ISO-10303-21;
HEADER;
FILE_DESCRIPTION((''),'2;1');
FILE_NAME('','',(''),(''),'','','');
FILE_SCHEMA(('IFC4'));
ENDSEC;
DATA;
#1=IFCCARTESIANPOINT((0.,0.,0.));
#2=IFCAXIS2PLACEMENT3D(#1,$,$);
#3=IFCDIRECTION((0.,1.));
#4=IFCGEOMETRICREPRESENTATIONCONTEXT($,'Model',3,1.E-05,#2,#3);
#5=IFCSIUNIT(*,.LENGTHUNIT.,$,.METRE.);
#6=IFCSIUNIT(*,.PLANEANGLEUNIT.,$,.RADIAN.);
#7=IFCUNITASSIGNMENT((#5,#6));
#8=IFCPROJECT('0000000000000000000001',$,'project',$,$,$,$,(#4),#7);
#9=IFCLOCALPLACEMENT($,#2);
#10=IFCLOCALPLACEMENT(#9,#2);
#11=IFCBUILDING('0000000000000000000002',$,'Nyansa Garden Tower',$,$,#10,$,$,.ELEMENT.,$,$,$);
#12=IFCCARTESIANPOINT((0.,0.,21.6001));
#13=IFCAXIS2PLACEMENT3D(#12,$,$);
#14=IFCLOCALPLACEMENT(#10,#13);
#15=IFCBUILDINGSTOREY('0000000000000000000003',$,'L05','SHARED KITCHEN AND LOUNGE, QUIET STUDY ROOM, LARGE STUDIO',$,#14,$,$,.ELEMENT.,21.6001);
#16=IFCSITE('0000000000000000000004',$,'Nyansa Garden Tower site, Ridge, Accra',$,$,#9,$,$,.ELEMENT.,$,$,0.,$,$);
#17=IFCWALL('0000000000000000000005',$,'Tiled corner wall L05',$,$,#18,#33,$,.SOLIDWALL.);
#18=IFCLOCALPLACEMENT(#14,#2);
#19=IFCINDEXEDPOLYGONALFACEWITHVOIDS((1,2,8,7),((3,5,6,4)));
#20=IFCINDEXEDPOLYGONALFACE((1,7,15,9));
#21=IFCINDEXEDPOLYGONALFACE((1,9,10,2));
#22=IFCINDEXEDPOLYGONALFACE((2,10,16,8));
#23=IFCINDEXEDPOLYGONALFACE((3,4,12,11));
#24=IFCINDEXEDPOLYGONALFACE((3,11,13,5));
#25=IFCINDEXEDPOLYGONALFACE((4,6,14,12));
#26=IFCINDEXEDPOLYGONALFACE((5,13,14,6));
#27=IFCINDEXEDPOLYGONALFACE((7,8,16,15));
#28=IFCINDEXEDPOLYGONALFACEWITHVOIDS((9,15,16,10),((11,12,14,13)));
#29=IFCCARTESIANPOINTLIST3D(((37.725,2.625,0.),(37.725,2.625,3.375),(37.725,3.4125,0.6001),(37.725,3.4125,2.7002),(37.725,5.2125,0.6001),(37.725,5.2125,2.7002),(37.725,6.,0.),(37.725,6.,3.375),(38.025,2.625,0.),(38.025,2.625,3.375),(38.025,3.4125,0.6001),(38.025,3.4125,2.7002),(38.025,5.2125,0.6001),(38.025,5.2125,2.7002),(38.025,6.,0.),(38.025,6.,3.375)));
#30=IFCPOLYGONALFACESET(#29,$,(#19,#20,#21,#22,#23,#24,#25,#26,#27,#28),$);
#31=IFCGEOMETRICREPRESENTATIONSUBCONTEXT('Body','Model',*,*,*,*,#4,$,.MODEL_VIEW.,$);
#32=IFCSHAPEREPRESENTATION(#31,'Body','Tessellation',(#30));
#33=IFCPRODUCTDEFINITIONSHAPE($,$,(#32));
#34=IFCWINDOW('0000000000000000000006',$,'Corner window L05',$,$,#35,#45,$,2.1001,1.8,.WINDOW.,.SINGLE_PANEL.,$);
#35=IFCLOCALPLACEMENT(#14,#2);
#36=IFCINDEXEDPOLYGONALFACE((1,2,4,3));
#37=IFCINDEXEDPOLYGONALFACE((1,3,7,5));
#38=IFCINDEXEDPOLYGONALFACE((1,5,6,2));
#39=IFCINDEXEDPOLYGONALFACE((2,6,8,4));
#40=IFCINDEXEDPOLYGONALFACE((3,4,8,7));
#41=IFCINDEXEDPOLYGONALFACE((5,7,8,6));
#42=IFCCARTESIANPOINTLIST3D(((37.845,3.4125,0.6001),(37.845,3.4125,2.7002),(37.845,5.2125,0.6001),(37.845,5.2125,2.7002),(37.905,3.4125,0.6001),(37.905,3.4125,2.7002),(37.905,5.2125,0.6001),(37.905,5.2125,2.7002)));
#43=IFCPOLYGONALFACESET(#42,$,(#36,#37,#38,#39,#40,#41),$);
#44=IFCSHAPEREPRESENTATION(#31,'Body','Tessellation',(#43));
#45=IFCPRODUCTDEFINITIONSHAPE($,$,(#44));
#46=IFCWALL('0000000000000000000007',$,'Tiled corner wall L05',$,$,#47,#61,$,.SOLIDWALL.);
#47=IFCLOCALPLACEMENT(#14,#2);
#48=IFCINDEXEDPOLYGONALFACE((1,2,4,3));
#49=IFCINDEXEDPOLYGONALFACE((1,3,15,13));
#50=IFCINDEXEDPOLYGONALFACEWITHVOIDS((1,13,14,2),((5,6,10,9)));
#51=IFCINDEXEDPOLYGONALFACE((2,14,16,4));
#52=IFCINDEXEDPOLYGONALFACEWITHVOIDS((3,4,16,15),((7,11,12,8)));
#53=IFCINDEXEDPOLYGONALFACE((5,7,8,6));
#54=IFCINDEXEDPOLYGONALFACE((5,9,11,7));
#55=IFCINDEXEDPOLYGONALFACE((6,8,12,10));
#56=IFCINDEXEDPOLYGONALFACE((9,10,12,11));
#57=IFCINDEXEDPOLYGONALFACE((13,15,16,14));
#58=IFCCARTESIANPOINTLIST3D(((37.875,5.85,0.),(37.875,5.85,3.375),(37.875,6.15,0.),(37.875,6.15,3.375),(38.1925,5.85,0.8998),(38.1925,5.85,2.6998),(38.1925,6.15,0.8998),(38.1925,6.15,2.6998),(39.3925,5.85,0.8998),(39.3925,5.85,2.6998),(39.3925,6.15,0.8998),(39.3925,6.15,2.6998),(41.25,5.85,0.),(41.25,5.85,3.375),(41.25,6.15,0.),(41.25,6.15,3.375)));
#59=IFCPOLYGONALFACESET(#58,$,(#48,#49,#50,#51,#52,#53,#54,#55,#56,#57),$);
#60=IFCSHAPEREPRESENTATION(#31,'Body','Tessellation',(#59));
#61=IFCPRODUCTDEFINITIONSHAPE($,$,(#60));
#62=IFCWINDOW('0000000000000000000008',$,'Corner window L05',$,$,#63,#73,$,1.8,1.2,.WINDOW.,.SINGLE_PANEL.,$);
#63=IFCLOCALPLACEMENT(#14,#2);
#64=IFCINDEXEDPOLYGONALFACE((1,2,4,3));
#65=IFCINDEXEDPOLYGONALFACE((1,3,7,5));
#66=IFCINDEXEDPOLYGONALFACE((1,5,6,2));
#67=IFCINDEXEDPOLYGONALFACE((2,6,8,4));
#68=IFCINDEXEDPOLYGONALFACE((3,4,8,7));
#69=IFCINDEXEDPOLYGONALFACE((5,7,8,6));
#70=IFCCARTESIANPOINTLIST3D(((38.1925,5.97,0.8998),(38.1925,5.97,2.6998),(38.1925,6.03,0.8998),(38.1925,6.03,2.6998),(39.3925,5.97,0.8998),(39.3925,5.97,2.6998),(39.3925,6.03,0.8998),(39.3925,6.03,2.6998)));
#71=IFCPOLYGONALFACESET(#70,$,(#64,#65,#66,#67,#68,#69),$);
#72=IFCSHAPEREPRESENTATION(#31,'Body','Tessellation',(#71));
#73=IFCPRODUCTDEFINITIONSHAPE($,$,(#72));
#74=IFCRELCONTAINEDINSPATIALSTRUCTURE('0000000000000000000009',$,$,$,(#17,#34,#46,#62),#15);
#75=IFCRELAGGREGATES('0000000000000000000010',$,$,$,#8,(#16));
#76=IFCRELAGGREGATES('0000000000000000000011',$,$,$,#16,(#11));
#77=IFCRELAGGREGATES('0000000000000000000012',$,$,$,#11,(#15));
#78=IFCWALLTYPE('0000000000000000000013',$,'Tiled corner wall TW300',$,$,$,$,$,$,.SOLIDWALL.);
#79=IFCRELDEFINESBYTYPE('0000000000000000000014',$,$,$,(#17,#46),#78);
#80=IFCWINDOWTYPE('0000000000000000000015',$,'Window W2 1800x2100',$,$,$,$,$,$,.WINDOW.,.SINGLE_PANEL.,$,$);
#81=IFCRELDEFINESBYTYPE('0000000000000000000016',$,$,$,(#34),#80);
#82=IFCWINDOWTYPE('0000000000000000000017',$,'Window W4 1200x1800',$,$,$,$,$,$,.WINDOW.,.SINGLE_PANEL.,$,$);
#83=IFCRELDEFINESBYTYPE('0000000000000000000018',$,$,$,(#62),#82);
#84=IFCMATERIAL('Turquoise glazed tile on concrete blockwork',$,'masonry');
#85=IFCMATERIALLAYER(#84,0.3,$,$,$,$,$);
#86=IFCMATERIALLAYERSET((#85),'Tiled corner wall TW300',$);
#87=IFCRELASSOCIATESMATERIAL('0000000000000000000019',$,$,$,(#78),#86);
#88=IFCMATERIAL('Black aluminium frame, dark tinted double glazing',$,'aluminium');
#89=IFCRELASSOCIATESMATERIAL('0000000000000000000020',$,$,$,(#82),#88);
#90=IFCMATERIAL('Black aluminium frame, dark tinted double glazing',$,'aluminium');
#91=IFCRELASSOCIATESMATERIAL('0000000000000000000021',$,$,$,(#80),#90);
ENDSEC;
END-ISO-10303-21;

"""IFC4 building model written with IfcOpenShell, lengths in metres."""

from ifc_helpers import new_model, si_unit, direction, frame, frame_2d, origin, place, context, subcontext, project, spatial, rectangle, extrude, material, layer, layer_set, type_object, element, fill, save


model = new_model("IFC4")

# Units and contexts
model_context = context("Model", 3, precision=1e-05, world=origin(), true_north=direction((0.0, 1.0)))
body_context = subcontext(model_context, "Body", "Model", "MODEL_VIEW")
ifc_project = project(units=[si_unit("LENGTHUNIT", "METRE"), si_unit("PLANEANGLEUNIT", "RADIAN")], contexts=[model_context])

# Site, building, storey
site_placement = place(None, origin())
site = spatial("IfcSite", under=ifc_project, at=site_placement, Name="Nyansa Garden Tower site, Ridge, Accra", CompositionType="ELEMENT", RefElevation=0.0)
building_placement = place(site_placement, origin())
building = spatial("IfcBuilding", under=site, at=building_placement, Name="Nyansa Garden Tower", CompositionType="ELEMENT")
storey_placement = place(building_placement, frame((0.0, 0.0, 21.6001)))
storey = spatial("IfcBuildingStorey", under=building, at=storey_placement, Name="L05", Description="SHARED KITCHEN AND LOUNGE, QUIET STUDY ROOM, LARGE STUDIO", CompositionType="ELEMENT", Elevation=21.6001)

# Walls, openings, windows
ifc_material_1 = material(Name="Turquoise glazed tile on concrete blockwork", Category="masonry")
ifc_layer_1 = layer(ifc_material_1, 0.3)
ifc_layer_set_1 = layer_set([ifc_layer_1], Name="Tiled corner wall TW300")
wall_type = type_object("IfcWallType", Name="Tiled corner wall TW300", PredefinedType="SOLIDWALL", material=ifc_layer_set_1)
ifc_material_2 = material(Name="Black aluminium frame, dark tinted double glazing", Category="aluminium")
window_type_1 = type_object("IfcWindowType", Name="Window W4 1200x1800", PartitioningType="SINGLE_PANEL", PredefinedType="WINDOW", material=ifc_material_2)
ifc_material_3 = material(Name="Black aluminium frame, dark tinted double glazing", Category="aluminium")
window_type_2 = type_object("IfcWindowType", Name="Window W2 1800x2100", PartitioningType="SINGLE_PANEL", PredefinedType="WINDOW", material=ifc_material_3)
wall_1_placement = place(storey_placement, frame((37.875, 2.625, 0.0), z_axis=(0.0, 0.0, 1.0), x_axis=(0.0, 1.0, 0.0)))
wall_1 = element("IfcWall", 1, at=wall_1_placement, inside=storey, type_object=wall_type, Name="Tiled corner wall L05", PredefinedType="SOLIDWALL", context=body_context, shape_type="SweptSolid", body=[
    extrude(rectangle(XDim=3.375, YDim=0.3, at=frame_2d((1.6875, 0.0))), origin(), (0.0, 0.0, 1.0), 3.375),
])
opening_1_placement = place(wall_1_placement, frame((0.7876, 0.0, 0.6001)))
opening_1 = element("IfcOpeningElement", 2, at=opening_1_placement, cuts=wall_1, PredefinedType="OPENING", context=body_context, shape_type="SweptSolid", body=[
    extrude(rectangle(XDim=1.8, YDim=2.1001, at=frame_2d((0.8999, 1.05))), frame((0.0, 0.1599, 0.0), z_axis=(0.0, -1.0, 0.0), x_axis=(1.0, 0.0, 0.0)), (0.0, 0.0, 1.0), 0.3201),
])
window_1_placement = place(opening_1_placement, origin())
window_1 = element("IfcWindow", 3, at=window_1_placement, inside=storey, type_object=window_type_2, Name="Corner window L05", OverallHeight=2.1001, OverallWidth=1.8, PartitioningType="SINGLE_PANEL", PredefinedType="WINDOW", context=body_context, shape_type="SweptSolid", body=[
    extrude(rectangle(XDim=1.8, YDim=2.1001, at=frame_2d((0.8999, 1.05))), frame((0.0, 0.03, 0.0), z_axis=(0.0, -1.0, 0.0), x_axis=(1.0, 0.0, 0.0)), (0.0, 0.0, 1.0), 0.0601),
])
fill(opening_1, window_1)
wall_2_placement = place(storey_placement, frame((37.875, 6.0, 0.0), z_axis=(0.0, 0.0, 1.0), x_axis=(1.0, 0.0, 0.0)))
wall_2 = element("IfcWall", 4, at=wall_2_placement, inside=storey, type_object=wall_type, Name="Tiled corner wall L05", PredefinedType="SOLIDWALL", context=body_context, shape_type="SweptSolid", body=[
    extrude(rectangle(XDim=3.375, YDim=0.3, at=frame_2d((1.6875, 0.0))), origin(), (0.0, 0.0, 1.0), 3.375),
])
opening_2_placement = place(wall_2_placement, frame((0.3174, 0.0, 0.8999)))
opening_2 = element("IfcOpeningElement", 5, at=opening_2_placement, cuts=wall_2, PredefinedType="OPENING", context=body_context, shape_type="SweptSolid", body=[
    extrude(rectangle(XDim=1.2, YDim=1.8, at=frame_2d((0.6001, 0.8999))), frame((0.0, 0.1599, 0.0), z_axis=(0.0, -1.0, 0.0), x_axis=(1.0, 0.0, 0.0)), (0.0, 0.0, 1.0), 0.3201),
])
window_2_placement = place(opening_2_placement, origin())
window_2 = element("IfcWindow", 6, at=window_2_placement, inside=storey, type_object=window_type_1, Name="Corner window L05", OverallHeight=1.8, OverallWidth=1.2, PartitioningType="SINGLE_PANEL", PredefinedType="WINDOW", context=body_context, shape_type="SweptSolid", body=[
    extrude(rectangle(XDim=1.2, YDim=1.8, at=frame_2d((0.6001, 0.8999))), frame((0.0, 0.03, 0.0), z_axis=(0.0, -1.0, 0.0), x_axis=(1.0, 0.0, 0.0)), (0.0, 0.0, 1.0), 0.0601),
])
fill(opening_2, window_2)

save(model, "model.ifc")
